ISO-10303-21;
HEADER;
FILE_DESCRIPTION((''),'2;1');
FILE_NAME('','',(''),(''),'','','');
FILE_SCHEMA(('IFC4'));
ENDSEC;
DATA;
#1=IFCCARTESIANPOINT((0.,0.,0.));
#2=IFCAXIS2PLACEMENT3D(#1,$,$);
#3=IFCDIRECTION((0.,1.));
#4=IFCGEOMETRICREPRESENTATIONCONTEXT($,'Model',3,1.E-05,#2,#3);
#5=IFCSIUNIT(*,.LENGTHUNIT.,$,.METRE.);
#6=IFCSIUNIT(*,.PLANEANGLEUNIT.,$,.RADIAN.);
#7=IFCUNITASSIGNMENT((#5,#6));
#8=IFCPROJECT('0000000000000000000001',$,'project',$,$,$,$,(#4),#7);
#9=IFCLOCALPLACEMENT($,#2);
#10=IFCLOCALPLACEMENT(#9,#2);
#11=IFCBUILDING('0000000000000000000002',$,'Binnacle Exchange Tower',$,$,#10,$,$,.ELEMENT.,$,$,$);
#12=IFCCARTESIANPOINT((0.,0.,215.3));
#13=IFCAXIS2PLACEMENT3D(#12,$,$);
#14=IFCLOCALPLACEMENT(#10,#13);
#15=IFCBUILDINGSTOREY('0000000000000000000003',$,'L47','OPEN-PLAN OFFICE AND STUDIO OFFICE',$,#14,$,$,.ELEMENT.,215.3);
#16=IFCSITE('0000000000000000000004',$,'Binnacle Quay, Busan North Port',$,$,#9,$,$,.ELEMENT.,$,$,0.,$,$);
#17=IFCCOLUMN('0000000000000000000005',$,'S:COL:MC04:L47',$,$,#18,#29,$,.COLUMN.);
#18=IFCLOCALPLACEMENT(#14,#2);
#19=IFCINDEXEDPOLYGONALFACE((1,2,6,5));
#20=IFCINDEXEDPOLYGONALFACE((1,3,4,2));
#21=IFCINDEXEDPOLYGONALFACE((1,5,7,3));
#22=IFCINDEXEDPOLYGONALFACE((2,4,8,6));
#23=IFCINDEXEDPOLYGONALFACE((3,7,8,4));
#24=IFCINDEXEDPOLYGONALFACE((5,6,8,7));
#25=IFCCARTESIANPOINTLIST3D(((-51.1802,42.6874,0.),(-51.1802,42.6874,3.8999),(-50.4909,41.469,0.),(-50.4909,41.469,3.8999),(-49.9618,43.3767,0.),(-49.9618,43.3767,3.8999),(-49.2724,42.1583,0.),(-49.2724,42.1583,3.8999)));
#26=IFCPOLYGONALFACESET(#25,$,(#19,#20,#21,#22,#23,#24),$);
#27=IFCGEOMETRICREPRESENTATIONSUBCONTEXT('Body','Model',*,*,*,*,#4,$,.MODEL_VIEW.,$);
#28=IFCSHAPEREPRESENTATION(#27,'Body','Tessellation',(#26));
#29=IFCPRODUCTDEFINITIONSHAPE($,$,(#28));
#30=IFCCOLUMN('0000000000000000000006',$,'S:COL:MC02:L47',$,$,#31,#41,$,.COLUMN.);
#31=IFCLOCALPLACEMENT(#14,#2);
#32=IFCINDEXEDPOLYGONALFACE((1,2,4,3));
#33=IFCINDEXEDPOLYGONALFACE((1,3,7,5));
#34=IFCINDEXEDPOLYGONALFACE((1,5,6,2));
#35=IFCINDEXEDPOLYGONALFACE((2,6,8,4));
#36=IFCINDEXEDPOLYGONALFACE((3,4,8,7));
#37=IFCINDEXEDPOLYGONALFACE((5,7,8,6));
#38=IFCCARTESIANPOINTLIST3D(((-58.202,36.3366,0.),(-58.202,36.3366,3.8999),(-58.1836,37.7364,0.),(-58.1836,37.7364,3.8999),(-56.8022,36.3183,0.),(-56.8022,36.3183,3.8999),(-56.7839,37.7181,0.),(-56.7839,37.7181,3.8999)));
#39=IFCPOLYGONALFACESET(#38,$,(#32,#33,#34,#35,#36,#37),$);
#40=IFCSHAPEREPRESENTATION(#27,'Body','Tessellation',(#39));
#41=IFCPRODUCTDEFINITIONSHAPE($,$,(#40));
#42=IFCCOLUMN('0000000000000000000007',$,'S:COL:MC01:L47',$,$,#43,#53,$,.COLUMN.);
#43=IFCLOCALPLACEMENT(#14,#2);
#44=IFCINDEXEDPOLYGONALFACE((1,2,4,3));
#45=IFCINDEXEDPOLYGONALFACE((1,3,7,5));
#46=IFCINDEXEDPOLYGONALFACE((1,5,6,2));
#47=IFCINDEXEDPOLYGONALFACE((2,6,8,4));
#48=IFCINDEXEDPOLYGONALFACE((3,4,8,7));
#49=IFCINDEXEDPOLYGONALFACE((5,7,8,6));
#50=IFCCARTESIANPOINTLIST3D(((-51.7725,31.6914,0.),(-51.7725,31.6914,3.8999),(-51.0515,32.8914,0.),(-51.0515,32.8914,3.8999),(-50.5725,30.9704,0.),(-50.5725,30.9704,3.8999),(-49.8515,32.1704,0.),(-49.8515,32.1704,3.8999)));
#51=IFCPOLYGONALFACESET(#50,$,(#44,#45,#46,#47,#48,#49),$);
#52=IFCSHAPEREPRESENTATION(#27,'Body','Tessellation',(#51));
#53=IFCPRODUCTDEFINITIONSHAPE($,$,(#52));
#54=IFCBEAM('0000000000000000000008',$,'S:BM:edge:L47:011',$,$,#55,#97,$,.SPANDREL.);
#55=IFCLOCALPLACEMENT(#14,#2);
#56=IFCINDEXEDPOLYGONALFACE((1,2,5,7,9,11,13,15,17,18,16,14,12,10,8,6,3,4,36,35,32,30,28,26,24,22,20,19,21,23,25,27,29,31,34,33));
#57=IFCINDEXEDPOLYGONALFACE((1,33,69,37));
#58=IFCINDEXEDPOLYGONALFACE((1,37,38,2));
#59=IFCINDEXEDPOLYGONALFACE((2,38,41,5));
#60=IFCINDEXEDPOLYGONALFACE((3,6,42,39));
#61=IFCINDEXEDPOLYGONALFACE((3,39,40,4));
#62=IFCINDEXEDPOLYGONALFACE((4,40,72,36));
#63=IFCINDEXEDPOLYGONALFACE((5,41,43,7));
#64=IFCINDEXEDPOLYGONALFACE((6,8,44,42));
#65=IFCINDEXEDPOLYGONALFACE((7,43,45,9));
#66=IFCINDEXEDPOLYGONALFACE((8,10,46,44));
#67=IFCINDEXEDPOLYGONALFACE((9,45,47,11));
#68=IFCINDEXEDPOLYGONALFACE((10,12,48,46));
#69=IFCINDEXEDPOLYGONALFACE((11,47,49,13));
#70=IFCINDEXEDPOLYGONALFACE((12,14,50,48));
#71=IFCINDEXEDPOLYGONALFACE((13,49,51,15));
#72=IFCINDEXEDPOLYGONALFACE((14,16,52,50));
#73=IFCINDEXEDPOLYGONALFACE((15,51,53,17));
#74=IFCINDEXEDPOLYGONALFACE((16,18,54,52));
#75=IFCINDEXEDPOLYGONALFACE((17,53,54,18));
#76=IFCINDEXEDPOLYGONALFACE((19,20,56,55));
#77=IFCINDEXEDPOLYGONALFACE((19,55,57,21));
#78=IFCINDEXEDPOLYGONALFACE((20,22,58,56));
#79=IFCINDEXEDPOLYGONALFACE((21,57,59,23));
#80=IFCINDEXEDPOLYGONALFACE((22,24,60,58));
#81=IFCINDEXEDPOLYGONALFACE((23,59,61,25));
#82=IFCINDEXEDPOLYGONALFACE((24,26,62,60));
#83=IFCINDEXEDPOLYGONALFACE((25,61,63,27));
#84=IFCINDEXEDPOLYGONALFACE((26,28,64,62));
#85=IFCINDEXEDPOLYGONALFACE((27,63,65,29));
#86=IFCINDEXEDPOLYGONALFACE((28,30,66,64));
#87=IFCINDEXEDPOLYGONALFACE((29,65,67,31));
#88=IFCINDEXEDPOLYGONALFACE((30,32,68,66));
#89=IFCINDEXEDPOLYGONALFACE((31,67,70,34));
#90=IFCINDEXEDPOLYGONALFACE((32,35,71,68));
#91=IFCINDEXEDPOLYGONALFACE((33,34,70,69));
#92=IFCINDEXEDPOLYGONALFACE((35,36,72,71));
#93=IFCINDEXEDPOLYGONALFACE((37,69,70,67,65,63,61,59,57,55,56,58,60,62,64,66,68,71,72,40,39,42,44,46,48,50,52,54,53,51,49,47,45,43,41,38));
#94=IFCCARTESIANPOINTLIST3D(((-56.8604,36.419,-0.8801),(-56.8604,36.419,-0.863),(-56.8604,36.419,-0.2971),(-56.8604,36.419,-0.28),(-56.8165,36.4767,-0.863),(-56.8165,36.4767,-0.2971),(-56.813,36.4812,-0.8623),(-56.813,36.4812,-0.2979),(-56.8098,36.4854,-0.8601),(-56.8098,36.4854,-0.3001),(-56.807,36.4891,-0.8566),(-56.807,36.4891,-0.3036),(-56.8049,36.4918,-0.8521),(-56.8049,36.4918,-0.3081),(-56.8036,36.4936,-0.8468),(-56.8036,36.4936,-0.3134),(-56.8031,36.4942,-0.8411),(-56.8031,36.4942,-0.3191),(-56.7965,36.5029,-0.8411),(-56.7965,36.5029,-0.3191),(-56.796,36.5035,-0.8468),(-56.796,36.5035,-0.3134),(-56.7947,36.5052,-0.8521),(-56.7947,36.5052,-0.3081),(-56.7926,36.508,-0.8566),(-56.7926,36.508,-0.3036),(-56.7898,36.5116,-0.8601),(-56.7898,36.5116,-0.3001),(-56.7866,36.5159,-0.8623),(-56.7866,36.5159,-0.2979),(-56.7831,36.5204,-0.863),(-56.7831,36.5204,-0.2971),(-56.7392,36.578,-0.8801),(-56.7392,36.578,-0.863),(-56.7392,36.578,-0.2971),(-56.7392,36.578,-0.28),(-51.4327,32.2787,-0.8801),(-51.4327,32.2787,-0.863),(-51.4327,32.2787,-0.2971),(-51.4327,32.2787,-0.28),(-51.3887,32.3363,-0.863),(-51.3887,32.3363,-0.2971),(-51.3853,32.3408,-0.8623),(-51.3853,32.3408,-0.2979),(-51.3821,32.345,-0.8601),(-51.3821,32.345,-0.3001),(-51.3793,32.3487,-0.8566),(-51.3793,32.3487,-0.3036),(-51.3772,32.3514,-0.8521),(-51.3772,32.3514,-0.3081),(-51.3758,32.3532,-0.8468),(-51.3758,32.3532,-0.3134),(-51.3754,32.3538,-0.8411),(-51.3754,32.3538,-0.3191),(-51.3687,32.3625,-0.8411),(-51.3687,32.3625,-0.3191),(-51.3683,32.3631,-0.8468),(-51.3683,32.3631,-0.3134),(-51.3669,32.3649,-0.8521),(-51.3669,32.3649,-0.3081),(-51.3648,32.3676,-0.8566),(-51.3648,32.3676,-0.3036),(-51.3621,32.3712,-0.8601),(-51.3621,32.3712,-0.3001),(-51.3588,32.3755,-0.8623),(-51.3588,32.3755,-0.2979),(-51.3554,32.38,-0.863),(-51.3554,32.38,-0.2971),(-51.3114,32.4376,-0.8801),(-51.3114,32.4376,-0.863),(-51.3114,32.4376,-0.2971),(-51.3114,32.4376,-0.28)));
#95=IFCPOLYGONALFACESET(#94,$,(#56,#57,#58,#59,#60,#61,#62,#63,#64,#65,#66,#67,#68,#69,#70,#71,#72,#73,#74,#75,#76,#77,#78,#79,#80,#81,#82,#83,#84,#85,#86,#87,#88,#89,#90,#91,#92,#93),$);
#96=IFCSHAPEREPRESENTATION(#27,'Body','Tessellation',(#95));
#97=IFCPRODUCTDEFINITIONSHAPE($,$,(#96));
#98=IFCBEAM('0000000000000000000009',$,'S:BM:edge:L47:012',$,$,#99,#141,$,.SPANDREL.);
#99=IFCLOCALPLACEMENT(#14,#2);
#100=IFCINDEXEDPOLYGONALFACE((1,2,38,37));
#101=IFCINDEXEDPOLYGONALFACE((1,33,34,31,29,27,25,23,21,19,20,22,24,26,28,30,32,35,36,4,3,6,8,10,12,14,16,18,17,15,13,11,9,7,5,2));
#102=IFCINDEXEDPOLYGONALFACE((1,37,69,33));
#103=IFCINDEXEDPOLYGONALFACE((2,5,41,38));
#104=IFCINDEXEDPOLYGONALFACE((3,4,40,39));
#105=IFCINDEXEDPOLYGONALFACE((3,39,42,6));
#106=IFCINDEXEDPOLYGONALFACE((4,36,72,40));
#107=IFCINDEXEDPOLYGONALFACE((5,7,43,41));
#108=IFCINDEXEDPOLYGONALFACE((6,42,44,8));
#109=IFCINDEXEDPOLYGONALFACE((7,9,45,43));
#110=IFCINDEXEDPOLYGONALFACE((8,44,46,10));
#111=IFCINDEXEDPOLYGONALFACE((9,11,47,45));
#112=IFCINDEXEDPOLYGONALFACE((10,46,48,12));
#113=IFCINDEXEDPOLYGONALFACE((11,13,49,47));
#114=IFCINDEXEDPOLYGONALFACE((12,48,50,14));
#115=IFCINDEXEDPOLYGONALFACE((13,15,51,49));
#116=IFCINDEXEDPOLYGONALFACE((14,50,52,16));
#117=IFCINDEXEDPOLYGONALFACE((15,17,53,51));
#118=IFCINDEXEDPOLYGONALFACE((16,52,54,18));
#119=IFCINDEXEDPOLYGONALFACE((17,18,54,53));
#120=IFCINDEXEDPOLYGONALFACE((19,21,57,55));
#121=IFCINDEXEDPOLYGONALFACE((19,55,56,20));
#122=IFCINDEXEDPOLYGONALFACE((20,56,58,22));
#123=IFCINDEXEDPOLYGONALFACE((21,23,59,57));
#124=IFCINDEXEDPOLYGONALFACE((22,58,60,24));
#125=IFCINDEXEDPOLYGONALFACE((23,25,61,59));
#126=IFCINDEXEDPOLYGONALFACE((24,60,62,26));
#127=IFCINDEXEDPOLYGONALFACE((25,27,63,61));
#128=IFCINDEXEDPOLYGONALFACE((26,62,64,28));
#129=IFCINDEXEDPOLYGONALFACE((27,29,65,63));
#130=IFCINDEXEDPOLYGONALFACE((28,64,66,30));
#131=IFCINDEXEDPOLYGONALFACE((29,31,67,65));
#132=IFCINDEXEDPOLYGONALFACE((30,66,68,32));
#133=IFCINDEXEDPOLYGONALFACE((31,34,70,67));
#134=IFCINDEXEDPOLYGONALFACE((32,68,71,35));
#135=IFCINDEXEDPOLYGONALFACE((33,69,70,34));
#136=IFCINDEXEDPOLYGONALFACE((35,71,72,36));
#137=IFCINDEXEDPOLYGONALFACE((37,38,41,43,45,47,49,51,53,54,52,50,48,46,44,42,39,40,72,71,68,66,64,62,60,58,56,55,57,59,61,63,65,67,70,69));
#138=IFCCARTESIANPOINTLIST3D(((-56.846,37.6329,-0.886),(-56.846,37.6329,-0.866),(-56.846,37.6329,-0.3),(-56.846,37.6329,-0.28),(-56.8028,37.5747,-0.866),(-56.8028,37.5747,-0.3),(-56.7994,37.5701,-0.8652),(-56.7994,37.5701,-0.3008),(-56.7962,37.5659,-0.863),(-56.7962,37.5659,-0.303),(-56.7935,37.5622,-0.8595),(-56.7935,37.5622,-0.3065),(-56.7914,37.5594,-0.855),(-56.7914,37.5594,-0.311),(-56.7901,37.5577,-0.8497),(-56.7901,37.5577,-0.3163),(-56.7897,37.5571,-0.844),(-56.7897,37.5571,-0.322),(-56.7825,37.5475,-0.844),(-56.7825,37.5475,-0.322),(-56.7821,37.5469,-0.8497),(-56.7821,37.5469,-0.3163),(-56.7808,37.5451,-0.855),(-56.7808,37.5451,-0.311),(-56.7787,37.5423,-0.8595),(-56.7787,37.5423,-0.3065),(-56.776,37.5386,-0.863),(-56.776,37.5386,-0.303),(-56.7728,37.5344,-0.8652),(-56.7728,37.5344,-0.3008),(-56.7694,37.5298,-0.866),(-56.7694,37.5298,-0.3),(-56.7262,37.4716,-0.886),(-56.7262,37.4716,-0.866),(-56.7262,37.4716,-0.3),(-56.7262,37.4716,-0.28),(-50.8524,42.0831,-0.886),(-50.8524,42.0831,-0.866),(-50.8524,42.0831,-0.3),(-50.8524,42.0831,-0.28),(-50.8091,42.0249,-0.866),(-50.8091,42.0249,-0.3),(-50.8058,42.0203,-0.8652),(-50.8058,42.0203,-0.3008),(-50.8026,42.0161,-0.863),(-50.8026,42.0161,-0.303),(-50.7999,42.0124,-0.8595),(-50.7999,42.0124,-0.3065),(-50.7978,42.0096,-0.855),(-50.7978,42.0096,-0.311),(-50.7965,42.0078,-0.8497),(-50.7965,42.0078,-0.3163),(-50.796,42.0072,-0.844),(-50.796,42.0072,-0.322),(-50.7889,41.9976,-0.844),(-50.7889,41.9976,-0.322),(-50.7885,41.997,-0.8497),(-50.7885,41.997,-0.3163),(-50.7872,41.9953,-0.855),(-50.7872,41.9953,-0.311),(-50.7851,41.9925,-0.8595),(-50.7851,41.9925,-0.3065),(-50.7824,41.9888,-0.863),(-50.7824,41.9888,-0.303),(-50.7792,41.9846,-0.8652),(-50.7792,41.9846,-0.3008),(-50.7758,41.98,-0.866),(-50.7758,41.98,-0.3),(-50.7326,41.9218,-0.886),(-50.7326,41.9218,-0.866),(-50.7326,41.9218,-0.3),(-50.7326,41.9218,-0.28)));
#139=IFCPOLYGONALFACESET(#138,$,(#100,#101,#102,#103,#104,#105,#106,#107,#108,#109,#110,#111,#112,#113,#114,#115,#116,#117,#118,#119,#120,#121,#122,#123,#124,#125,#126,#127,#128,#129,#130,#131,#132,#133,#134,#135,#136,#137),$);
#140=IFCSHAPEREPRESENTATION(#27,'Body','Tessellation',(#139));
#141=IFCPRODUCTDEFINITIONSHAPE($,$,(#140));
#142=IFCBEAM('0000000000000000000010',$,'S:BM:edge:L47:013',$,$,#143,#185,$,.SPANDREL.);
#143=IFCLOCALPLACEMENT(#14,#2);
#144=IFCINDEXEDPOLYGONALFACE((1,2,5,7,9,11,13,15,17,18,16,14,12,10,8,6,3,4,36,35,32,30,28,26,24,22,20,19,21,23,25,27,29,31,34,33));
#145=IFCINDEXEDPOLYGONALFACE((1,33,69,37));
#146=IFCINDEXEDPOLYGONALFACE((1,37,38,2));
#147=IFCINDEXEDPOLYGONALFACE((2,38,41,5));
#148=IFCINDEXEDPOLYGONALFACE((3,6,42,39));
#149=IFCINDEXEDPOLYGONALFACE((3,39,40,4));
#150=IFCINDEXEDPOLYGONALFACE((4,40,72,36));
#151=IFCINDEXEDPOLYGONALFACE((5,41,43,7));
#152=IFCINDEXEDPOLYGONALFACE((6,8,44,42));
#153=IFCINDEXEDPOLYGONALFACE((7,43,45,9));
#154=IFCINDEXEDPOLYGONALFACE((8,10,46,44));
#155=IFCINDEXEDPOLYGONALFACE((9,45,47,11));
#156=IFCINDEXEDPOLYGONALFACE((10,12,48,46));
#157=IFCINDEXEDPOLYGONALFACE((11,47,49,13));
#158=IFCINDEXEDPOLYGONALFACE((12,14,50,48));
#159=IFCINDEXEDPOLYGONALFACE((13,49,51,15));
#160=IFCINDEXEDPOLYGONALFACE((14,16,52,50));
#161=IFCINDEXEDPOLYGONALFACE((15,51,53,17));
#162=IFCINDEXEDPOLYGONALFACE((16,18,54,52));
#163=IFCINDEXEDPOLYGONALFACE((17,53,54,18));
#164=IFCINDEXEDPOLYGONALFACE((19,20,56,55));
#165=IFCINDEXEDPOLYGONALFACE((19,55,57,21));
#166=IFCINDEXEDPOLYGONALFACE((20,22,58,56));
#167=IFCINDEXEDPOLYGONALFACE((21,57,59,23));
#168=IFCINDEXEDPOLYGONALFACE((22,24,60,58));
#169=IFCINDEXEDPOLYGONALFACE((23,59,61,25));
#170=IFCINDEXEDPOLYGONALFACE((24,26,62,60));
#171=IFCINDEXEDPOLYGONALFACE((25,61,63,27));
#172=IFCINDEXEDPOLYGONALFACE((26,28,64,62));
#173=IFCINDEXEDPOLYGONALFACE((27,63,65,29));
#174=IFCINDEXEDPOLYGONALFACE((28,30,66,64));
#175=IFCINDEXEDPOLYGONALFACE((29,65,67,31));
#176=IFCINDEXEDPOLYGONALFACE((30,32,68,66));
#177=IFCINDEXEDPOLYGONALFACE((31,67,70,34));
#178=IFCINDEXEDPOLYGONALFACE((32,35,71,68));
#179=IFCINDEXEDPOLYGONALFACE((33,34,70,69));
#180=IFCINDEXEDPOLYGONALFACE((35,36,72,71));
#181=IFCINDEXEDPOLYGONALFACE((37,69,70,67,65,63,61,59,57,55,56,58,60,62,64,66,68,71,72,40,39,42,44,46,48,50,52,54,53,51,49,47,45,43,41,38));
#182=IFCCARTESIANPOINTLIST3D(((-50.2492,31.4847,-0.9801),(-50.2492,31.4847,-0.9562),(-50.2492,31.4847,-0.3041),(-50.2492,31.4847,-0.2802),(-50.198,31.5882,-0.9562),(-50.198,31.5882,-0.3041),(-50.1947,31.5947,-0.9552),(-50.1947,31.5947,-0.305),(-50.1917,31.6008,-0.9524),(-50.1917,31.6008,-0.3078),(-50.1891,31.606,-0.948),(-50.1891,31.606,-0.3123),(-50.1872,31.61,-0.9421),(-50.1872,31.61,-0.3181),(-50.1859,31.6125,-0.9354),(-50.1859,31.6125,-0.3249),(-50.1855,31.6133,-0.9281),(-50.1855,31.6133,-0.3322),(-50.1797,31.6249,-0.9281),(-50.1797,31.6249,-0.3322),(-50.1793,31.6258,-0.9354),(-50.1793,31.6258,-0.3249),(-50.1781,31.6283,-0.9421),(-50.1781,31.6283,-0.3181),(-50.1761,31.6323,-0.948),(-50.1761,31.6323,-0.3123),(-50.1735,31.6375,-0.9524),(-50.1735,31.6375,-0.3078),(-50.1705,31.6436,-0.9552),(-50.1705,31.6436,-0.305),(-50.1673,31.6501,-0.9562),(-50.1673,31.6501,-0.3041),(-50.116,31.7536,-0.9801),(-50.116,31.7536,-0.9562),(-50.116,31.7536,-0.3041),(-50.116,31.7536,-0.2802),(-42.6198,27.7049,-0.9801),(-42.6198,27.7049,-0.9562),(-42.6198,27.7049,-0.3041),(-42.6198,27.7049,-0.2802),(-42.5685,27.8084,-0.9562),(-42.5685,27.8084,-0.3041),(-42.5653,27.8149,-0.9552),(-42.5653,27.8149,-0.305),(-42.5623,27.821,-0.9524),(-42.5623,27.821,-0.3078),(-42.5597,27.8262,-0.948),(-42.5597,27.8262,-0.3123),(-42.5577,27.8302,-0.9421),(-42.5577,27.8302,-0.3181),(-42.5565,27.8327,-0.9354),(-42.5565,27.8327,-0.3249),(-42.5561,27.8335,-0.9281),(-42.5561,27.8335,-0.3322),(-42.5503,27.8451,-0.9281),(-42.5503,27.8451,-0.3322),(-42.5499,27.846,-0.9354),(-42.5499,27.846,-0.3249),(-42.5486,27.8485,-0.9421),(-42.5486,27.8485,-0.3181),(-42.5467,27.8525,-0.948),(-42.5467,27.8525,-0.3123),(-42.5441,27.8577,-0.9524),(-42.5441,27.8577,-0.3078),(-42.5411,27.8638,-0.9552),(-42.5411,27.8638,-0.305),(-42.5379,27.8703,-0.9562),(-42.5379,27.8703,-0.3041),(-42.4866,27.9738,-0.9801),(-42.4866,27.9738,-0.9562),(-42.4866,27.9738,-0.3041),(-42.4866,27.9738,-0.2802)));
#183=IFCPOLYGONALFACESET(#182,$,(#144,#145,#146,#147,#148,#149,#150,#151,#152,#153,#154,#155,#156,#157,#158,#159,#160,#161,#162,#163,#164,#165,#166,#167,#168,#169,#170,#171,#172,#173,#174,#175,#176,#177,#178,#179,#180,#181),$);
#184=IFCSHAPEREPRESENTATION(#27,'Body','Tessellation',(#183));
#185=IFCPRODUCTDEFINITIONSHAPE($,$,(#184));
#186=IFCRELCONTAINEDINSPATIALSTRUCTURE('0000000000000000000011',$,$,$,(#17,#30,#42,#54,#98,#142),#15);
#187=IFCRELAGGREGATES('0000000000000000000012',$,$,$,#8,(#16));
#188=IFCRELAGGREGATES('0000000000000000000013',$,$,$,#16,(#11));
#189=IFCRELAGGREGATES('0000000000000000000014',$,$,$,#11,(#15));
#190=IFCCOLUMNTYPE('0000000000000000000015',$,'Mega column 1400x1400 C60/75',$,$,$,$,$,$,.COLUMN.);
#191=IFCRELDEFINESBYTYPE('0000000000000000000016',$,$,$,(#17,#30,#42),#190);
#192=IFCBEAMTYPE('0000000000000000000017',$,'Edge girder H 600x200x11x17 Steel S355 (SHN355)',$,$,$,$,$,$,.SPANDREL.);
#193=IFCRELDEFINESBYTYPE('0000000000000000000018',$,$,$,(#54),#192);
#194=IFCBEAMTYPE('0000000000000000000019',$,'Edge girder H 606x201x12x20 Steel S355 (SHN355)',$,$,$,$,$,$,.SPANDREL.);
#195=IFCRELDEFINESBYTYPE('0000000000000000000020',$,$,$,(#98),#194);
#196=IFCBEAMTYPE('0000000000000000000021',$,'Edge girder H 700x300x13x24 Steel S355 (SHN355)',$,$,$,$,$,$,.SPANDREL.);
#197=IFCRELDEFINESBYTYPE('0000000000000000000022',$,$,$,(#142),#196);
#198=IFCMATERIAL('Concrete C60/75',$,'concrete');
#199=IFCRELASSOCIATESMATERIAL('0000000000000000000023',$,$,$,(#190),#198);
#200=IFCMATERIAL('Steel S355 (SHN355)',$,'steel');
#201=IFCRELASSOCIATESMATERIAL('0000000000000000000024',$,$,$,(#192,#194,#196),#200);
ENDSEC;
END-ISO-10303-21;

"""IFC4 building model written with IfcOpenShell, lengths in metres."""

from ifc_helpers import new_model, si_unit, direction, frame, origin, origin_2d, place, context, subcontext, project, spatial, rectangle, i_section, extrude, material, material_profile, profile_set, type_object, element, save


model = new_model("IFC4")

# Units and contexts
model_context = context("Model", 3, precision=1e-05, world=origin(), true_north=direction((0.0, 1.0)))
body_context = subcontext(model_context, "Body", "Model", "MODEL_VIEW")
ifc_project = project(units=[si_unit("LENGTHUNIT", "METRE"), si_unit("PLANEANGLEUNIT", "RADIAN")], contexts=[model_context])

# Site, building, storey
site_placement = place(None, origin())
site = spatial("IfcSite", under=ifc_project, at=site_placement, Name="Binnacle Quay, Busan North Port", CompositionType="ELEMENT", RefElevation=0.0)
building_placement = place(site_placement, origin())
building = spatial("IfcBuilding", under=site, at=building_placement, Name="Binnacle Exchange Tower", CompositionType="ELEMENT")
storey_placement = place(building_placement, frame((0.0, 0.0, 215.3)))
storey = spatial("IfcBuildingStorey", under=building, at=storey_placement, Name="L47", Description="OPEN-PLAN OFFICE AND STUDIO OFFICE", CompositionType="ELEMENT", Elevation=215.3)

# Columns
ifc_material_1 = material(Name="Concrete C60/75", Category="concrete")
ifc_material_profile_1 = material_profile(ifc_material_1, rectangle(XDim=1.3999, YDim=1.3999, at=origin_2d()), Name="Mega column 1400x1400 C60/75")
ifc_profile_set_1 = profile_set([ifc_material_profile_1], Name="Concrete C60/75")
column_type = type_object("IfcColumnType", Name="Mega column 1400x1400 C60/75", PredefinedType="COLUMN", material=ifc_profile_set_1)
for number, where, z_axis, x_axis, name in (
    (1, (-50.2263, 42.4229, 0.0), (0.0, 0.0, 1.0), (-0.870356, -0.492424, 0.0), "S:COL:MC04:L47"),
    (2, (-57.4929, 37.0273, 0.0), (0.0, 0.0, 1.0), (-0.01309, -0.999914, 0.0), "S:COL:MC02:L47"),
    (3, (-50.812, 31.9309, 0.0), (0.0, 0.0, 1.0), (0.857167, -0.515038, 0.0), "S:COL:MC01:L47"),
):
    element("IfcColumn", number, at=place(storey_placement, frame(where, z_axis=z_axis, x_axis=x_axis)), inside=storey, type_object=column_type, Name=name, PredefinedType="COLUMN", context=body_context, shape_type="SweptSolid", body=[
        extrude(rectangle(XDim=1.3999, YDim=1.3999, at=origin_2d()), origin(), (0.0, 0.0, 1.0), 3.8999),
    ])

# Beams
ifc_material_2 = material(Name="Steel S355 (SHN355)", Category="steel")
ifc_material_profile_2 = material_profile(ifc_material_2, i_section(OverallWidth=0.2, OverallDepth=0.6001, WebThickness=0.011, FlangeThickness=0.0171, FilletRadius=0.022, at=origin_2d()), Name="H 600x200x11x17")
ifc_profile_set_2 = profile_set([ifc_material_profile_2], Name="Steel S355 (SHN355)")
beam_type_1 = type_object("IfcBeamType", Name="Edge girder H 600x200x11x17 Steel S355 (SHN355)", PredefinedType="SPANDREL", material=ifc_profile_set_2)
beam_1_placement = place(storey_placement, frame((-56.7998, 36.4985, -0.5801), z_axis=(0.795081, -0.606503, 0.0), x_axis=(0.606503, 0.795081, 0.0)))
element("IfcBeam", 4, at=beam_1_placement, inside=storey, type_object=beam_type_1, Name="S:BM:edge:L47:011", PredefinedType="SPANDREL", context=body_context, shape_type="SweptSolid", body=[
    extrude(i_section(OverallWidth=0.2, OverallDepth=0.6001, WebThickness=0.011, FlangeThickness=0.0171, FilletRadius=0.022, at=origin_2d()), origin(), (0.0, 0.0, 1.0), 6.8267),
])
ifc_material_profile_3 = material_profile(ifc_material_2, i_section(OverallWidth=0.2009, OverallDepth=0.606, WebThickness=0.012, FlangeThickness=0.02, FilletRadius=0.022, at=origin_2d()), Name="H 606x201x12x20")
ifc_profile_set_3 = profile_set([ifc_material_profile_3], Name="Steel S355 (SHN355)")
beam_type_2 = type_object("IfcBeamType", Name="Edge girder H 606x201x12x20 Steel S355 (SHN355)", PredefinedType="SPANDREL", material=ifc_profile_set_3)
beam_2_placement = place(storey_placement, frame((-50.7925, 42.0024, -0.583), z_axis=(-0.802887, -0.596131, 0.0), x_axis=(0.596131, -0.802887, 0.0)))
element("IfcBeam", 5, at=beam_2_placement, inside=storey, type_object=beam_type_2, Name="S:BM:edge:L47:012", PredefinedType="SPANDREL", context=body_context, shape_type="SweptSolid", body=[
    extrude(i_section(OverallWidth=0.2009, OverallDepth=0.606, WebThickness=0.012, FlangeThickness=0.02, FilletRadius=0.022, at=origin_2d()), origin(), (0.0, 0.0, 1.0), 7.4651),
])
ifc_material_profile_4 = material_profile(ifc_material_2, i_section(OverallWidth=0.3, OverallDepth=0.7, WebThickness=0.0129, FlangeThickness=0.0239, FilletRadius=0.0281, at=origin_2d()), Name="H 700x300x13x24")
ifc_profile_set_4 = profile_set([ifc_material_profile_4], Name="Steel S355 (SHN355)")
beam_type_3 = type_object("IfcBeamType", Name="Edge girder H 700x300x13x24 Steel S355 (SHN355)", PredefinedType="SPANDREL", material=ifc_profile_set_4)
beam_3_placement = place(storey_placement, frame((-50.1826, 31.6191, -0.6301), z_axis=(0.896061, -0.44393, 0.0), x_axis=(0.44393, 0.896061, 0.0)))
element("IfcBeam", 6, at=beam_3_placement, inside=storey, type_object=beam_type_3, Name="S:BM:edge:L47:013", PredefinedType="SPANDREL", context=body_context, shape_type="SweptSolid", body=[
    extrude(i_section(OverallWidth=0.3, OverallDepth=0.7, WebThickness=0.0129, FlangeThickness=0.0239, FilletRadius=0.0281, at=origin_2d()), origin(), (0.0, 0.0, 1.0), 8.5144),
])

save(model, "model.ifc")
